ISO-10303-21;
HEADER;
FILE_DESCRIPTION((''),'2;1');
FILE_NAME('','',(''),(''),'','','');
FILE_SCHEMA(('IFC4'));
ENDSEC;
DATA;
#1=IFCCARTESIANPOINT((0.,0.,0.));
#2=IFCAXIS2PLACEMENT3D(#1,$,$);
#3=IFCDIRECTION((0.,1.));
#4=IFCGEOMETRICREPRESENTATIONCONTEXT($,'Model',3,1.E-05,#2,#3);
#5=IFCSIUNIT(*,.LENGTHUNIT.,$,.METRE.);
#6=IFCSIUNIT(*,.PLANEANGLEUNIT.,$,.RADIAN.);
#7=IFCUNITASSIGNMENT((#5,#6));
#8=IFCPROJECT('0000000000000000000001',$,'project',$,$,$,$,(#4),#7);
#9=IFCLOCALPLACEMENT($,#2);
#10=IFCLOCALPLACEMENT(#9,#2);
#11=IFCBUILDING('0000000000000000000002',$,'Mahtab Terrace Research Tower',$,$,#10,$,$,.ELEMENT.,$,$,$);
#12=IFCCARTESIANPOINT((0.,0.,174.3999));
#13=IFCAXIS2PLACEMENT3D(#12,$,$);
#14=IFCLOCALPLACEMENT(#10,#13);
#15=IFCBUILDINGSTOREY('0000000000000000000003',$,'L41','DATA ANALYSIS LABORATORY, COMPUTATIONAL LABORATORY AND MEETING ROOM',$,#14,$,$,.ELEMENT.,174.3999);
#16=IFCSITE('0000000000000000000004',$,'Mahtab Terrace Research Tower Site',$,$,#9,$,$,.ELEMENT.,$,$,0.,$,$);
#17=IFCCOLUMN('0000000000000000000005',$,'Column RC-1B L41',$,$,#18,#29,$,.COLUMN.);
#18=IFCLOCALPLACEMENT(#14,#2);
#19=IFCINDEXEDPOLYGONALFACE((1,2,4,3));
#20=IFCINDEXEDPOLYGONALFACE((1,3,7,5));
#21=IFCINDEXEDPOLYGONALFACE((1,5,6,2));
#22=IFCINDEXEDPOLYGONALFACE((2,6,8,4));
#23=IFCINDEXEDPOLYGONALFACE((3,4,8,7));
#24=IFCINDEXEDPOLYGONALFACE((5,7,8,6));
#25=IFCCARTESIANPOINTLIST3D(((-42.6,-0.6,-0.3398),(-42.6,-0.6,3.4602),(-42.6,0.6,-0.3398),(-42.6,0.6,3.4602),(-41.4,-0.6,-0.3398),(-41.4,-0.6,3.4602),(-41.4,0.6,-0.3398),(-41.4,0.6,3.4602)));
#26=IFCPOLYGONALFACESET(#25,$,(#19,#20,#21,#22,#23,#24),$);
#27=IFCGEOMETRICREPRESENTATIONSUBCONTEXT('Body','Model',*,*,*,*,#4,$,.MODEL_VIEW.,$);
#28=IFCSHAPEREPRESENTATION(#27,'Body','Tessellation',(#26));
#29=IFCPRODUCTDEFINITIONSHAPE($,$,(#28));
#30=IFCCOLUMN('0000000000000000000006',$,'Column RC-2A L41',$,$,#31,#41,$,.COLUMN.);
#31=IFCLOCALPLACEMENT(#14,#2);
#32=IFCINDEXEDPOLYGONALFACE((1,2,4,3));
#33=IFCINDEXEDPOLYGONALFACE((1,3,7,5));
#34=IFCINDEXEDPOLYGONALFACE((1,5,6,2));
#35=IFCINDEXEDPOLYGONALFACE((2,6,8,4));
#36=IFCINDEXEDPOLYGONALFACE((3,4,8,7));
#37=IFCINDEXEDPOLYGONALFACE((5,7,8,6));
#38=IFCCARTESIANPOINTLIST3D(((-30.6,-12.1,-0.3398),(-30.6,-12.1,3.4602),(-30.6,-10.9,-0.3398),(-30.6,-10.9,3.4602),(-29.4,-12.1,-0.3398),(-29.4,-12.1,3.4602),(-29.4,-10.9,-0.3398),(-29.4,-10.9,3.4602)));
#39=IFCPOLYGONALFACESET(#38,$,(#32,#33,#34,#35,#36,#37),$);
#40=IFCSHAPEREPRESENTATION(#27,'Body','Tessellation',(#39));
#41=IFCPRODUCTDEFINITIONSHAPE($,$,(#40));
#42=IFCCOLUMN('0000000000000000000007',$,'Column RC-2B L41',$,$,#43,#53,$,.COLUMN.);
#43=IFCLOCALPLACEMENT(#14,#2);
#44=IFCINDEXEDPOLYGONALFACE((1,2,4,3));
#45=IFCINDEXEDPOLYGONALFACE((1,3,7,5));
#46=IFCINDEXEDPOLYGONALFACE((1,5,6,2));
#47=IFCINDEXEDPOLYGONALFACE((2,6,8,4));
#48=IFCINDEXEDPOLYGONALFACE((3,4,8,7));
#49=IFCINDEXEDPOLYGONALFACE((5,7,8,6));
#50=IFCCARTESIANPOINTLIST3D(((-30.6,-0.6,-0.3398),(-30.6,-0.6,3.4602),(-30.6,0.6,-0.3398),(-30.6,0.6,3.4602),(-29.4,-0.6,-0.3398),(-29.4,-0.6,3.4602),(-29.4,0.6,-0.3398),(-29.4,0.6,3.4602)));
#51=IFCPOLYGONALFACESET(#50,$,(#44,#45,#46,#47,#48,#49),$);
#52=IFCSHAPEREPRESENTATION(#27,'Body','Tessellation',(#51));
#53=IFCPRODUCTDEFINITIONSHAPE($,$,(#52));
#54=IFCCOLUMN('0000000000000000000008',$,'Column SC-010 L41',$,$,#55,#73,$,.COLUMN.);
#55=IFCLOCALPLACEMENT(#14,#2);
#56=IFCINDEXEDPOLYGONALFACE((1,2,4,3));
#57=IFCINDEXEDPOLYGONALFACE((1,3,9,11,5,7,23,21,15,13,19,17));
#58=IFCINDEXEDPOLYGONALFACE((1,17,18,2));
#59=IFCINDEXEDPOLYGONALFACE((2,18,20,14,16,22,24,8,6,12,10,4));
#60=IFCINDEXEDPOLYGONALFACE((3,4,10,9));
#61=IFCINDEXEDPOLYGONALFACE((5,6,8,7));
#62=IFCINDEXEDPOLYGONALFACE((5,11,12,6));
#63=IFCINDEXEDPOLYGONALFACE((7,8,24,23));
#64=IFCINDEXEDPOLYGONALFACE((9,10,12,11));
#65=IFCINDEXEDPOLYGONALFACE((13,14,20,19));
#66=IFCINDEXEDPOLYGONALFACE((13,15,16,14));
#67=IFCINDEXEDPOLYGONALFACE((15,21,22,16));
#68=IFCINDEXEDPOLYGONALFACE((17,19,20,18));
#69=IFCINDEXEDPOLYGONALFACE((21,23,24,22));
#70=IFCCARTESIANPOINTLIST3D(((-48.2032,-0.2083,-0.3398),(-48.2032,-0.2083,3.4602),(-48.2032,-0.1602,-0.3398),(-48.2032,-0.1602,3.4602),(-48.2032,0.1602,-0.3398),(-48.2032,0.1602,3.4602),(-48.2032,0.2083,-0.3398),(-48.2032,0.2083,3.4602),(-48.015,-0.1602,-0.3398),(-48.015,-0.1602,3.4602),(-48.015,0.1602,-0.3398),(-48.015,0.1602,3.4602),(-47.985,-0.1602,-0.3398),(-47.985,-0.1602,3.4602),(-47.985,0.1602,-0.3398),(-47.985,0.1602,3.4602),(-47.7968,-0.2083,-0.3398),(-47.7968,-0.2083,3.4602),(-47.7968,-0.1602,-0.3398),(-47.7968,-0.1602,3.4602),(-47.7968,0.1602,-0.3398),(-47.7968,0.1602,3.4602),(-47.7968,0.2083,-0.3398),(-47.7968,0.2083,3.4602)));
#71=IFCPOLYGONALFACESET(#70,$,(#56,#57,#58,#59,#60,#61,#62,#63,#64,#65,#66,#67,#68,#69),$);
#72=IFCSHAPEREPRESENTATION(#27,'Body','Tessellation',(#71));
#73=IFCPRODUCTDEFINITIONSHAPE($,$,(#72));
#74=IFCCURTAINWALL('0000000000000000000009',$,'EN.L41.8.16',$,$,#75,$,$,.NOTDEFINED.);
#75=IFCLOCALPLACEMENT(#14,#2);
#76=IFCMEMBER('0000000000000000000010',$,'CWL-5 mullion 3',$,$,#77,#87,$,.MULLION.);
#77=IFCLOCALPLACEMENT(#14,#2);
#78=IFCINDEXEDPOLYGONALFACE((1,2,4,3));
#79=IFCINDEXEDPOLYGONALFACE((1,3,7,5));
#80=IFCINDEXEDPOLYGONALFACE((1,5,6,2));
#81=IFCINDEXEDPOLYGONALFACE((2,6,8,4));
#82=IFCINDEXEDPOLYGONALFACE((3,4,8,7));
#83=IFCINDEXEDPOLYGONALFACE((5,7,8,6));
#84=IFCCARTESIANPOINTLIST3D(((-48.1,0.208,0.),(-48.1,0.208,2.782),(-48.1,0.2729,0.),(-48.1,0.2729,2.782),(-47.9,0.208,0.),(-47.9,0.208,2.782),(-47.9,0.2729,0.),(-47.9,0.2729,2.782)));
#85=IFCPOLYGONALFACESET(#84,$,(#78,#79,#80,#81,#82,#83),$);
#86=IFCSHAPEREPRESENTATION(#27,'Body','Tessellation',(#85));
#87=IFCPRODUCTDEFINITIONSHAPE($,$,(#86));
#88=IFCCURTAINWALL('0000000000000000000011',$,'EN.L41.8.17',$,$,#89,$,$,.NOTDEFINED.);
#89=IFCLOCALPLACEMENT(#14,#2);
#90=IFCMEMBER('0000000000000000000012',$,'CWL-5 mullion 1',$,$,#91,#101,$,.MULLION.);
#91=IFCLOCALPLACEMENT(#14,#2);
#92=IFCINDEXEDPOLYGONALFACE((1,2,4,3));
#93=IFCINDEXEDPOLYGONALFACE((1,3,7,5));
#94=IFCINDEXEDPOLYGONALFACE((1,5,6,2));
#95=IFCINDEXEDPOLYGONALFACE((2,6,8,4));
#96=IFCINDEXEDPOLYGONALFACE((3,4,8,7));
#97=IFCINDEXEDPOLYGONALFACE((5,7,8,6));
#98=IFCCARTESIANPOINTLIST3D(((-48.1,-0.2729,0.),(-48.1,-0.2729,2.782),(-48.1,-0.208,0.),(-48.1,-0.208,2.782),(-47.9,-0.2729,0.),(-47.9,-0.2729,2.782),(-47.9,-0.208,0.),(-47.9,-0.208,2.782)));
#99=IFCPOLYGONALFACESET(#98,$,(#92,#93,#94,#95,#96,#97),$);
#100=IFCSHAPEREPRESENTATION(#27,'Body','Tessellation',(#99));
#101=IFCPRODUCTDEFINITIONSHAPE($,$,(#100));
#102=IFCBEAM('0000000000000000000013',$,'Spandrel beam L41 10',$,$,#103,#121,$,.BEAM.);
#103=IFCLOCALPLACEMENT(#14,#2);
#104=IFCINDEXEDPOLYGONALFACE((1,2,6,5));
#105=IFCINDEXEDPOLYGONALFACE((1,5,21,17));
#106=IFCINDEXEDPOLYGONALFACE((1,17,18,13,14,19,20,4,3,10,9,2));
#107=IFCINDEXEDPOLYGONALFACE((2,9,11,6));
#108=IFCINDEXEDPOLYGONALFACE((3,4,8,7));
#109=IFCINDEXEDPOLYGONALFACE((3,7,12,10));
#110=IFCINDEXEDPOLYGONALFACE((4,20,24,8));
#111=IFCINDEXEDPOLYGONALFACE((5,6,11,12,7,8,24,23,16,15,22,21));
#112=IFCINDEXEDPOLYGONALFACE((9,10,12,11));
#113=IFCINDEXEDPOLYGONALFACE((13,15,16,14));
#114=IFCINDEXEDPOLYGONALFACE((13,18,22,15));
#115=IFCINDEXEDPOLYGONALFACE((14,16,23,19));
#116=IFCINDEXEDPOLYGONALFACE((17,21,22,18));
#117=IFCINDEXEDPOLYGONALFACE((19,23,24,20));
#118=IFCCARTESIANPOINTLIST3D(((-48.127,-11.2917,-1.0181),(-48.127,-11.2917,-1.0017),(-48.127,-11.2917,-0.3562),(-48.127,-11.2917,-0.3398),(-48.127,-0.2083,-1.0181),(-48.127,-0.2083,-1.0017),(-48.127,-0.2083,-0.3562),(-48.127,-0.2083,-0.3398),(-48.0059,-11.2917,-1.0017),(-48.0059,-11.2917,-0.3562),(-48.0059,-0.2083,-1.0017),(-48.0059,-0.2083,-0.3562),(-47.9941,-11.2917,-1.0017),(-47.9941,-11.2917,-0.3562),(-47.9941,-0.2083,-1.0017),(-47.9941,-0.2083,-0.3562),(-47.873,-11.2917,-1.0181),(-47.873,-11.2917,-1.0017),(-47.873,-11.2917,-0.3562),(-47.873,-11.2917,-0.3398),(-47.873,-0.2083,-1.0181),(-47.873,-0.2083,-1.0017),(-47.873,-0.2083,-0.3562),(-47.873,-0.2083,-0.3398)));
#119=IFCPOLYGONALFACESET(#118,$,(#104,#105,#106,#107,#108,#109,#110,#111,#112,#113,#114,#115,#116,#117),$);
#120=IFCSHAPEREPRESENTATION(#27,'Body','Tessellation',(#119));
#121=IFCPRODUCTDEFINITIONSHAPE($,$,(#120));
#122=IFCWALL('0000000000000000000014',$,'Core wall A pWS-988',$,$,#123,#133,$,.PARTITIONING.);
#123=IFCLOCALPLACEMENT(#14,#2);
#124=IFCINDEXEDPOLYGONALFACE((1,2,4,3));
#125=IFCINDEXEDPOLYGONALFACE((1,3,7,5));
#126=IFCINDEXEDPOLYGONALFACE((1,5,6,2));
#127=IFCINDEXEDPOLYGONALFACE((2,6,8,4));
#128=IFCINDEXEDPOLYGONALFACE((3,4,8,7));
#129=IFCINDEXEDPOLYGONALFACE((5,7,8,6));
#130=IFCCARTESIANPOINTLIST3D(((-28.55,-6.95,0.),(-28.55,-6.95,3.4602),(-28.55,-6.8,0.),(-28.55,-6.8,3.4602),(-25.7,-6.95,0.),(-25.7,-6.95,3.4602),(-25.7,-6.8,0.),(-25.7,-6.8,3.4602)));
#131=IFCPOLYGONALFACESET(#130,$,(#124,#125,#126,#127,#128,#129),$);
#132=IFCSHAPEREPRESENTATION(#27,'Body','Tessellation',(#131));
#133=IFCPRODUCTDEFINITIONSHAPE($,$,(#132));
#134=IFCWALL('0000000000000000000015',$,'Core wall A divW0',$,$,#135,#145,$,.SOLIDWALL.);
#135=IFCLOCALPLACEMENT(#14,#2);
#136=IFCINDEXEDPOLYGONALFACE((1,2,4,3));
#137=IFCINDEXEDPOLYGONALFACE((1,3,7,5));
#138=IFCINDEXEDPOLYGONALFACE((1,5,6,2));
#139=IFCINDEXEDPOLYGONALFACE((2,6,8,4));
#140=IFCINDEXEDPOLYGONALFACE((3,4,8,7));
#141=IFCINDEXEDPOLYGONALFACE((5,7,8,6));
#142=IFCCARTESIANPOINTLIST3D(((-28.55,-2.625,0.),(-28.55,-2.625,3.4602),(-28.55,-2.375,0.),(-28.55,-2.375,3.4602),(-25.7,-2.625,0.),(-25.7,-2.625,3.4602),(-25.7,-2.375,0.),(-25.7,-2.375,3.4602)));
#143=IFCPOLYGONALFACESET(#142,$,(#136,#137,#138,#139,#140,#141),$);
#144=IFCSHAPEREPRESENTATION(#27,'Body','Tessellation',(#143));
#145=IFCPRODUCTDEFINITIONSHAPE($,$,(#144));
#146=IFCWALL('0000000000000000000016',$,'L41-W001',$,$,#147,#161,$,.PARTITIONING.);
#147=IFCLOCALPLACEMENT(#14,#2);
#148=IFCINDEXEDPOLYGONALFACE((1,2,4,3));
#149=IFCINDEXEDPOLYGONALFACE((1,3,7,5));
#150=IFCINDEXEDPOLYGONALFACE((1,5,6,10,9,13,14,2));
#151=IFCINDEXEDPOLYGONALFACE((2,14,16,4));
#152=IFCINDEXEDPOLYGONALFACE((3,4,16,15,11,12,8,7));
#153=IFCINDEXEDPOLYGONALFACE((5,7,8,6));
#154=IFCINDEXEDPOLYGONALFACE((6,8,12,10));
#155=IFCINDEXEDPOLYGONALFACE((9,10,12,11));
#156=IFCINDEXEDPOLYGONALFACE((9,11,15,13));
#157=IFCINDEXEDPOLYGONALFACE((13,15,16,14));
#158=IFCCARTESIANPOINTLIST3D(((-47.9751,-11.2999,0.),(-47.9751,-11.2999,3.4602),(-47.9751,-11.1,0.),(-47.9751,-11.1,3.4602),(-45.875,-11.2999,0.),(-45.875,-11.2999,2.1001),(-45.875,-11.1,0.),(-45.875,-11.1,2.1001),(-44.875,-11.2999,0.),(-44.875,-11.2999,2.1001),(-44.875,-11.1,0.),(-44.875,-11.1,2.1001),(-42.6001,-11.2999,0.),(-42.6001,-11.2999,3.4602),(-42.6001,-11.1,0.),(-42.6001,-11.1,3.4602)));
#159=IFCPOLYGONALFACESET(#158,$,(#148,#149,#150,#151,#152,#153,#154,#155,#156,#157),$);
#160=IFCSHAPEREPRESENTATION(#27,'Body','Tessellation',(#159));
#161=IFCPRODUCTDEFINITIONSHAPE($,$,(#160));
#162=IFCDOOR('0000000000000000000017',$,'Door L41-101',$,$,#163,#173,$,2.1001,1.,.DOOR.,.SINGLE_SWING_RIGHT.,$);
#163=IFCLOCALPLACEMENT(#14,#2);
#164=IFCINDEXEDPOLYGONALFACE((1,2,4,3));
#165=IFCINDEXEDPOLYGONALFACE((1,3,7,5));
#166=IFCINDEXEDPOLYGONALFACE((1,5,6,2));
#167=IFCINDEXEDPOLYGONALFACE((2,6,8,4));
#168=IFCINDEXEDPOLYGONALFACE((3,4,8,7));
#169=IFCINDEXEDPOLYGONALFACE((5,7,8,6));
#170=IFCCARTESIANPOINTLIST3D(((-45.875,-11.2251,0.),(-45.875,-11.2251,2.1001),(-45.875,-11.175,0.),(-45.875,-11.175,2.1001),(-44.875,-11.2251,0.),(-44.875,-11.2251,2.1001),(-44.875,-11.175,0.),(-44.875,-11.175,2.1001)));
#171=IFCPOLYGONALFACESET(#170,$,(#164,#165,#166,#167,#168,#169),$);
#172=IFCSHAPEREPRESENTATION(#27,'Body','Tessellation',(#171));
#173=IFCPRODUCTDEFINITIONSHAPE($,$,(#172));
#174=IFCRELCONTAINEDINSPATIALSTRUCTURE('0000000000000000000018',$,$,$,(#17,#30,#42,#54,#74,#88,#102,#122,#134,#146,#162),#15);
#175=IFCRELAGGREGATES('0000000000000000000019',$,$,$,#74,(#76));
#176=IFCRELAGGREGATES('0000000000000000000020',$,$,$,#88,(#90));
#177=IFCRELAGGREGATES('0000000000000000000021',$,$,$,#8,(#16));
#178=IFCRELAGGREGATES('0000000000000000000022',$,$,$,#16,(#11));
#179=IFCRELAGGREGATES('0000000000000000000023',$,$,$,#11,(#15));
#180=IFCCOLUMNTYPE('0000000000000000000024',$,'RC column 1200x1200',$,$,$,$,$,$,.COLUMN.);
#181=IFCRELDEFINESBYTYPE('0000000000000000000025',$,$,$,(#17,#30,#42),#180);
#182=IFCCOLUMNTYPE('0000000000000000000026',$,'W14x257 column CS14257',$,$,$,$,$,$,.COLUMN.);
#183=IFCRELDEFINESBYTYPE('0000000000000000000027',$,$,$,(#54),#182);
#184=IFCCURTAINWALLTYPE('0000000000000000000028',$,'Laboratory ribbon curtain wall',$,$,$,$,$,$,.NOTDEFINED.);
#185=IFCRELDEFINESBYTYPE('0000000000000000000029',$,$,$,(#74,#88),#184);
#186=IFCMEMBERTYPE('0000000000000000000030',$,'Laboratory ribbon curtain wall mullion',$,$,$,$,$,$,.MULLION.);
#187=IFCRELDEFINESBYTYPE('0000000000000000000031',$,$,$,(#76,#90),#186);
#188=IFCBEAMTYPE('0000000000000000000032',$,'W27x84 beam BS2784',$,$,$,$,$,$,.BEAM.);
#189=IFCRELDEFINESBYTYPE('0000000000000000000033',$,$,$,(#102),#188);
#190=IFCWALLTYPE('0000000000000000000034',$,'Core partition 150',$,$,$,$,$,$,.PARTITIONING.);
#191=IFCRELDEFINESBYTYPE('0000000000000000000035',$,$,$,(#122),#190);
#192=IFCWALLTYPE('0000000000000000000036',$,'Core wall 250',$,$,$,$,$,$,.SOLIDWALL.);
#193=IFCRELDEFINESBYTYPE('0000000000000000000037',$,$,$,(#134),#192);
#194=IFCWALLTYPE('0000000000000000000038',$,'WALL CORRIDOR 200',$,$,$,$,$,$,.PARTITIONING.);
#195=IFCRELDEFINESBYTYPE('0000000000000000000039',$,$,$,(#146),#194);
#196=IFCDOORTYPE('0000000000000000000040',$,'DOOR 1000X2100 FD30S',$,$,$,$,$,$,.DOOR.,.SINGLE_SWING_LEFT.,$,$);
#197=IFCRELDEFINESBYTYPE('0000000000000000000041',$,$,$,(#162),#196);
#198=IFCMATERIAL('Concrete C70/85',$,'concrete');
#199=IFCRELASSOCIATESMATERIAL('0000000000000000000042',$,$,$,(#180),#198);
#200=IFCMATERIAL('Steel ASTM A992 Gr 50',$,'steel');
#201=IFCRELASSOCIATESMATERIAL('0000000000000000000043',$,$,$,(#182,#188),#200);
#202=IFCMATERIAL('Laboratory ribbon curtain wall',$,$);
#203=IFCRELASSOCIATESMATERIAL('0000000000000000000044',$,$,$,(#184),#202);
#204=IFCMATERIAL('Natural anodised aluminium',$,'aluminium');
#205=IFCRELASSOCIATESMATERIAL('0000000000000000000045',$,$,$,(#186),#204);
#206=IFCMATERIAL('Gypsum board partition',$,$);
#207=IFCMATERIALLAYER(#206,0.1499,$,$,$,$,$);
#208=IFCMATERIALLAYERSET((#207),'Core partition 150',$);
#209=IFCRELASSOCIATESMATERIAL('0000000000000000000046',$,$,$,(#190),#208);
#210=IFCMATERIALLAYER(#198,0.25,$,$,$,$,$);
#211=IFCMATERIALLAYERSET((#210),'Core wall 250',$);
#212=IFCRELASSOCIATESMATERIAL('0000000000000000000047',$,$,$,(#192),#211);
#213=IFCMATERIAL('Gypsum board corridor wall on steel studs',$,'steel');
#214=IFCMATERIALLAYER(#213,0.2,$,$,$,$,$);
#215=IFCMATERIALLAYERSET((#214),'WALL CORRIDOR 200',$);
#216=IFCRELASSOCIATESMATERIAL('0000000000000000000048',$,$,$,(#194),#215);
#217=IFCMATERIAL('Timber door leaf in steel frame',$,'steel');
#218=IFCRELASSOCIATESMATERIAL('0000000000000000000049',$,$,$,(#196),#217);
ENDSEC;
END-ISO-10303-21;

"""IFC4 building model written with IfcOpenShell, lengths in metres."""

from ifc_helpers import new_model, si_unit, direction, frame, frame_2d, origin, origin_2d, place, context, subcontext, project, spatial, rectangle, i_section, extrude, material, layer, layer_set, material_profile, profile_set, type_object, element, fill, aggregate, save


model = new_model("IFC4")

# Units and contexts
model_context = context("Model", 3, precision=1e-05, world=origin(), true_north=direction((0.0, 1.0)))
body_context = subcontext(model_context, "Body", "Model", "MODEL_VIEW")
ifc_project = project(units=[si_unit("LENGTHUNIT", "METRE"), si_unit("PLANEANGLEUNIT", "RADIAN")], contexts=[model_context])

# Site, building, storey
site_placement = place(None, origin())
site = spatial("IfcSite", under=ifc_project, at=site_placement, Name="Mahtab Terrace Research Tower Site", CompositionType="ELEMENT", RefElevation=0.0)
building_placement = place(site_placement, origin())
building = spatial("IfcBuilding", under=site, at=building_placement, Name="Mahtab Terrace Research Tower", CompositionType="ELEMENT")
storey_placement = place(building_placement, frame((0.0, 0.0, 174.3999)))
storey = spatial("IfcBuildingStorey", under=building, at=storey_placement, Name="L41", Description="DATA ANALYSIS LABORATORY, COMPUTATIONAL LABORATORY AND MEETING ROOM", CompositionType="ELEMENT", Elevation=174.3999)

# Columns
ifc_material_1 = material(Name="Concrete C70/85", Category="concrete")
ifc_material_profile_1 = material_profile(ifc_material_1, rectangle(XDim=1.2, YDim=1.2, at=origin_2d()), Name="RC column 1200x1200")
ifc_profile_set_1 = profile_set([ifc_material_profile_1], Name="Concrete C70/85")
column_type_1 = type_object("IfcColumnType", Name="RC column 1200x1200", PredefinedType="COLUMN", material=ifc_profile_set_1)
for number, where, z_axis, x_axis, name in (
    (1, (-42.0, 0.0, -0.3398), (0.0, 0.0, 1.0), (1.0, 0.0, 0.0), "Column RC-1B L41"),
    (2, (-30.0, -11.5, -0.3398), (0.0, 0.0, 1.0), (1.0, 0.0, 0.0), "Column RC-2A L41"),
    (3, (-30.0, 0.0, -0.3398), (0.0, 0.0, 1.0), (1.0, 0.0, 0.0), "Column RC-2B L41"),
):
    element("IfcColumn", number, at=place(storey_placement, frame(where, z_axis=z_axis, x_axis=x_axis)), inside=storey, type_object=column_type_1, Name=name, PredefinedType="COLUMN", context=body_context, shape_type="SweptSolid", body=[
        extrude(rectangle(XDim=1.2, YDim=1.2, at=origin_2d()), origin(), (0.0, 0.0, 1.0), 3.8),
    ])
ifc_material_2 = material(Name="Steel ASTM A992 Gr 50", Category="steel")
ifc_material_profile_2 = material_profile(ifc_material_2, i_section(OverallWidth=0.4065, OverallDepth=0.4165, WebThickness=0.03, FlangeThickness=0.0481, at=origin_2d()), Name="W14X257")
ifc_profile_set_2 = profile_set([ifc_material_profile_2], Name="Steel ASTM A992 Gr 50")
column_type_2 = type_object("IfcColumnType", Name="W14x257 column CS14257", PredefinedType="COLUMN", material=ifc_profile_set_2)
column_placement = place(storey_placement, frame((-48.0, 0.0, -0.3398), z_axis=(0.0, 0.0, 1.0), x_axis=(1.0, 0.0, 0.0)))
element("IfcColumn", 4, at=column_placement, inside=storey, type_object=column_type_2, Name="Column SC-010 L41", PredefinedType="COLUMN", context=body_context, shape_type="SweptSolid", body=[
    extrude(i_section(OverallWidth=0.4065, OverallDepth=0.4165, WebThickness=0.03, FlangeThickness=0.0481, at=origin_2d()), origin(), (0.0, 0.0, 1.0), 3.8),
])

# Curtain walls, members
ifc_material_3 = material(Name="Laboratory ribbon curtain wall")
curtain_wall_type = type_object("IfcCurtainWallType", Name="Laboratory ribbon curtain wall", PredefinedType="NOTDEFINED", material=ifc_material_3)
curtain_wall_1_placement = place(storey_placement, origin())
curtain_wall_1 = element("IfcCurtainWall", 5, at=curtain_wall_1_placement, inside=storey, type_object=curtain_wall_type, Name="EN.L41.8.16", PredefinedType="NOTDEFINED")
ifc_material_4 = material(Name="Natural anodised aluminium", Category="aluminium")
ifc_material_profile_3 = material_profile(ifc_material_4, rectangle(XDim=0.2, YDim=0.0649, at=origin_2d()), Name="MULLION 65x200")
ifc_profile_set_3 = profile_set([ifc_material_profile_3], Name="Natural anodised aluminium")
member_type = type_object("IfcMemberType", Name="Laboratory ribbon curtain wall mullion", PredefinedType="MULLION", material=ifc_profile_set_3)
member_1_placement = place(storey_placement, frame((-48.0, 0.2405, 0.0), z_axis=(0.0, 0.0, 1.0), x_axis=(1.0, 0.0, 0.0)))
member_1 = element("IfcMember", 6, at=member_1_placement, type_object=member_type, Name="CWL-5 mullion 3", PredefinedType="MULLION", context=body_context, shape_type="SweptSolid", body=[
    extrude(rectangle(XDim=0.2, YDim=0.0649, at=origin_2d()), origin(), (0.0, 0.0, 1.0), 2.782),
])
aggregate(curtain_wall_1, [member_1])
curtain_wall_2_placement = place(storey_placement, origin())
curtain_wall_2 = element("IfcCurtainWall", 7, at=curtain_wall_2_placement, inside=storey, type_object=curtain_wall_type, Name="EN.L41.8.17", PredefinedType="NOTDEFINED")
member_2_placement = place(storey_placement, frame((-48.0, -0.2405, 0.0), z_axis=(0.0, 0.0, 1.0), x_axis=(1.0, 0.0, 0.0)))
member_2 = element("IfcMember", 8, at=member_2_placement, type_object=member_type, Name="CWL-5 mullion 1", PredefinedType="MULLION", context=body_context, shape_type="SweptSolid", body=[
    extrude(rectangle(XDim=0.2, YDim=0.0649, at=origin_2d()), origin(), (0.0, 0.0, 1.0), 2.782),
])
aggregate(curtain_wall_2, [member_2])

# Beam
ifc_material_profile_4 = material_profile(ifc_material_2, i_section(OverallWidth=0.2539, OverallDepth=0.6782, WebThickness=0.0117, FlangeThickness=0.0164, at=origin_2d()), Name="W27X84")
ifc_profile_set_4 = profile_set([ifc_material_profile_4], Name="Steel ASTM A992 Gr 50")
beam_type = type_object("IfcBeamType", Name="W27x84 beam BS2784", PredefinedType="BEAM", material=ifc_profile_set_4)
beam_placement = place(storey_placement, frame((-48.0, -0.2083, -0.679), z_axis=(0.0, -1.0, 0.0), x_axis=(1.0, 0.0, 0.0)))
element("IfcBeam", 9, at=beam_placement, inside=storey, type_object=beam_type, Name="Spandrel beam L41 10", PredefinedType="BEAM", context=body_context, shape_type="SweptSolid", body=[
    extrude(i_section(OverallWidth=0.2539, OverallDepth=0.6782, WebThickness=0.0117, FlangeThickness=0.0164, at=origin_2d()), origin(), (0.0, 0.0, 1.0), 11.0835),
])

# Walls
ifc_material_5 = material(Name="Gypsum board partition")
ifc_layer_1 = layer(ifc_material_5, 0.1499)
ifc_layer_set_1 = layer_set([ifc_layer_1], Name="Core partition 150")
wall_type_1 = type_object("IfcWallType", Name="Core partition 150", PredefinedType="PARTITIONING", material=ifc_layer_set_1)
wall_1_placement = place(storey_placement, frame((-28.55, -6.875, 0.0), z_axis=(0.0, 0.0, 1.0), x_axis=(1.0, 0.0, 0.0)))
element("IfcWall", 10, at=wall_1_placement, inside=storey, type_object=wall_type_1, Name="Core wall A pWS-988", PredefinedType="PARTITIONING", context=body_context, shape_type="SweptSolid", body=[
    extrude(rectangle(XDim=2.8501, YDim=0.1499, at=frame_2d((1.425, 0.0))), origin(), (0.0, 0.0, 1.0), 3.4602),
])
ifc_layer_2 = layer(ifc_material_1, 0.25)
ifc_layer_set_2 = layer_set([ifc_layer_2], Name="Core wall 250")
wall_type_2 = type_object("IfcWallType", Name="Core wall 250", PredefinedType="SOLIDWALL", material=ifc_layer_set_2)
wall_2_placement = place(storey_placement, frame((-28.55, -2.5, 0.0), z_axis=(0.0, 0.0, 1.0), x_axis=(1.0, 0.0, 0.0)))
element("IfcWall", 11, at=wall_2_placement, inside=storey, type_object=wall_type_2, Name="Core wall A divW0", PredefinedType="SOLIDWALL", context=body_context, shape_type="SweptSolid", body=[
    extrude(rectangle(XDim=2.8501, YDim=0.25, at=frame_2d((1.425, 0.0))), origin(), (0.0, 0.0, 1.0), 3.4602),
])

# Wall, opening, door
ifc_material_6 = material(Name="Gypsum board corridor wall on steel studs", Category="steel")
ifc_layer_3 = layer(ifc_material_6, 0.2)
ifc_layer_set_3 = layer_set([ifc_layer_3], Name="WALL CORRIDOR 200")
wall_type_3 = type_object("IfcWallType", Name="WALL CORRIDOR 200", PredefinedType="PARTITIONING", material=ifc_layer_set_3)
wall_3_placement = place(storey_placement, frame((-47.9751, -11.2, 0.0), z_axis=(0.0, 0.0, 1.0), x_axis=(1.0, 0.0, 0.0)))
wall_3 = element("IfcWall", 12, at=wall_3_placement, inside=storey, type_object=wall_type_3, Name="L41-W001", PredefinedType="PARTITIONING", context=body_context, shape_type="SweptSolid", body=[
    extrude(rectangle(XDim=5.375, YDim=0.2, at=frame_2d((2.6875, 0.0))), origin(), (0.0, 0.0, 1.0), 3.4602),
])
opening_1_placement = place(wall_3_placement, frame((2.1001, 0.0, 0.0)))
opening_1 = element("IfcOpeningElement", 13, at=opening_1_placement, cuts=wall_3, PredefinedType="OPENING", context=body_context, shape_type="SweptSolid", body=[
    extrude(rectangle(XDim=1.0, YDim=2.1001, at=frame_2d((0.5, 1.05))), frame((0.0, 0.1099, 0.0), z_axis=(0.0, -1.0, 0.0), x_axis=(1.0, 0.0, 0.0)), (0.0, 0.0, 1.0), 0.22),
])
ifc_material_7 = material(Name="Timber door leaf in steel frame", Category="steel")
door_type_1 = type_object("IfcDoorType", Name="DOOR 1000X2100 FD30S", OperationType="SINGLE_SWING_LEFT", PredefinedType="DOOR", material=ifc_material_7)
door_1_placement = place(opening_1_placement, origin())
door_1 = element("IfcDoor", 14, at=door_1_placement, inside=storey, type_object=door_type_1, Name="Door L41-101", OperationType="SINGLE_SWING_RIGHT", OverallHeight=2.1001, OverallWidth=1.0, PredefinedType="DOOR", context=body_context, shape_type="SweptSolid", body=[
    extrude(rectangle(XDim=1.0, YDim=2.1001, at=frame_2d((0.5, 1.05))), frame((0.0, 0.0249, 0.0), z_axis=(0.0, -1.0, 0.0), x_axis=(1.0, 0.0, 0.0)), (0.0, 0.0, 1.0), 0.05),
])
fill(opening_1, door_1)

save(model, "model.ifc")
